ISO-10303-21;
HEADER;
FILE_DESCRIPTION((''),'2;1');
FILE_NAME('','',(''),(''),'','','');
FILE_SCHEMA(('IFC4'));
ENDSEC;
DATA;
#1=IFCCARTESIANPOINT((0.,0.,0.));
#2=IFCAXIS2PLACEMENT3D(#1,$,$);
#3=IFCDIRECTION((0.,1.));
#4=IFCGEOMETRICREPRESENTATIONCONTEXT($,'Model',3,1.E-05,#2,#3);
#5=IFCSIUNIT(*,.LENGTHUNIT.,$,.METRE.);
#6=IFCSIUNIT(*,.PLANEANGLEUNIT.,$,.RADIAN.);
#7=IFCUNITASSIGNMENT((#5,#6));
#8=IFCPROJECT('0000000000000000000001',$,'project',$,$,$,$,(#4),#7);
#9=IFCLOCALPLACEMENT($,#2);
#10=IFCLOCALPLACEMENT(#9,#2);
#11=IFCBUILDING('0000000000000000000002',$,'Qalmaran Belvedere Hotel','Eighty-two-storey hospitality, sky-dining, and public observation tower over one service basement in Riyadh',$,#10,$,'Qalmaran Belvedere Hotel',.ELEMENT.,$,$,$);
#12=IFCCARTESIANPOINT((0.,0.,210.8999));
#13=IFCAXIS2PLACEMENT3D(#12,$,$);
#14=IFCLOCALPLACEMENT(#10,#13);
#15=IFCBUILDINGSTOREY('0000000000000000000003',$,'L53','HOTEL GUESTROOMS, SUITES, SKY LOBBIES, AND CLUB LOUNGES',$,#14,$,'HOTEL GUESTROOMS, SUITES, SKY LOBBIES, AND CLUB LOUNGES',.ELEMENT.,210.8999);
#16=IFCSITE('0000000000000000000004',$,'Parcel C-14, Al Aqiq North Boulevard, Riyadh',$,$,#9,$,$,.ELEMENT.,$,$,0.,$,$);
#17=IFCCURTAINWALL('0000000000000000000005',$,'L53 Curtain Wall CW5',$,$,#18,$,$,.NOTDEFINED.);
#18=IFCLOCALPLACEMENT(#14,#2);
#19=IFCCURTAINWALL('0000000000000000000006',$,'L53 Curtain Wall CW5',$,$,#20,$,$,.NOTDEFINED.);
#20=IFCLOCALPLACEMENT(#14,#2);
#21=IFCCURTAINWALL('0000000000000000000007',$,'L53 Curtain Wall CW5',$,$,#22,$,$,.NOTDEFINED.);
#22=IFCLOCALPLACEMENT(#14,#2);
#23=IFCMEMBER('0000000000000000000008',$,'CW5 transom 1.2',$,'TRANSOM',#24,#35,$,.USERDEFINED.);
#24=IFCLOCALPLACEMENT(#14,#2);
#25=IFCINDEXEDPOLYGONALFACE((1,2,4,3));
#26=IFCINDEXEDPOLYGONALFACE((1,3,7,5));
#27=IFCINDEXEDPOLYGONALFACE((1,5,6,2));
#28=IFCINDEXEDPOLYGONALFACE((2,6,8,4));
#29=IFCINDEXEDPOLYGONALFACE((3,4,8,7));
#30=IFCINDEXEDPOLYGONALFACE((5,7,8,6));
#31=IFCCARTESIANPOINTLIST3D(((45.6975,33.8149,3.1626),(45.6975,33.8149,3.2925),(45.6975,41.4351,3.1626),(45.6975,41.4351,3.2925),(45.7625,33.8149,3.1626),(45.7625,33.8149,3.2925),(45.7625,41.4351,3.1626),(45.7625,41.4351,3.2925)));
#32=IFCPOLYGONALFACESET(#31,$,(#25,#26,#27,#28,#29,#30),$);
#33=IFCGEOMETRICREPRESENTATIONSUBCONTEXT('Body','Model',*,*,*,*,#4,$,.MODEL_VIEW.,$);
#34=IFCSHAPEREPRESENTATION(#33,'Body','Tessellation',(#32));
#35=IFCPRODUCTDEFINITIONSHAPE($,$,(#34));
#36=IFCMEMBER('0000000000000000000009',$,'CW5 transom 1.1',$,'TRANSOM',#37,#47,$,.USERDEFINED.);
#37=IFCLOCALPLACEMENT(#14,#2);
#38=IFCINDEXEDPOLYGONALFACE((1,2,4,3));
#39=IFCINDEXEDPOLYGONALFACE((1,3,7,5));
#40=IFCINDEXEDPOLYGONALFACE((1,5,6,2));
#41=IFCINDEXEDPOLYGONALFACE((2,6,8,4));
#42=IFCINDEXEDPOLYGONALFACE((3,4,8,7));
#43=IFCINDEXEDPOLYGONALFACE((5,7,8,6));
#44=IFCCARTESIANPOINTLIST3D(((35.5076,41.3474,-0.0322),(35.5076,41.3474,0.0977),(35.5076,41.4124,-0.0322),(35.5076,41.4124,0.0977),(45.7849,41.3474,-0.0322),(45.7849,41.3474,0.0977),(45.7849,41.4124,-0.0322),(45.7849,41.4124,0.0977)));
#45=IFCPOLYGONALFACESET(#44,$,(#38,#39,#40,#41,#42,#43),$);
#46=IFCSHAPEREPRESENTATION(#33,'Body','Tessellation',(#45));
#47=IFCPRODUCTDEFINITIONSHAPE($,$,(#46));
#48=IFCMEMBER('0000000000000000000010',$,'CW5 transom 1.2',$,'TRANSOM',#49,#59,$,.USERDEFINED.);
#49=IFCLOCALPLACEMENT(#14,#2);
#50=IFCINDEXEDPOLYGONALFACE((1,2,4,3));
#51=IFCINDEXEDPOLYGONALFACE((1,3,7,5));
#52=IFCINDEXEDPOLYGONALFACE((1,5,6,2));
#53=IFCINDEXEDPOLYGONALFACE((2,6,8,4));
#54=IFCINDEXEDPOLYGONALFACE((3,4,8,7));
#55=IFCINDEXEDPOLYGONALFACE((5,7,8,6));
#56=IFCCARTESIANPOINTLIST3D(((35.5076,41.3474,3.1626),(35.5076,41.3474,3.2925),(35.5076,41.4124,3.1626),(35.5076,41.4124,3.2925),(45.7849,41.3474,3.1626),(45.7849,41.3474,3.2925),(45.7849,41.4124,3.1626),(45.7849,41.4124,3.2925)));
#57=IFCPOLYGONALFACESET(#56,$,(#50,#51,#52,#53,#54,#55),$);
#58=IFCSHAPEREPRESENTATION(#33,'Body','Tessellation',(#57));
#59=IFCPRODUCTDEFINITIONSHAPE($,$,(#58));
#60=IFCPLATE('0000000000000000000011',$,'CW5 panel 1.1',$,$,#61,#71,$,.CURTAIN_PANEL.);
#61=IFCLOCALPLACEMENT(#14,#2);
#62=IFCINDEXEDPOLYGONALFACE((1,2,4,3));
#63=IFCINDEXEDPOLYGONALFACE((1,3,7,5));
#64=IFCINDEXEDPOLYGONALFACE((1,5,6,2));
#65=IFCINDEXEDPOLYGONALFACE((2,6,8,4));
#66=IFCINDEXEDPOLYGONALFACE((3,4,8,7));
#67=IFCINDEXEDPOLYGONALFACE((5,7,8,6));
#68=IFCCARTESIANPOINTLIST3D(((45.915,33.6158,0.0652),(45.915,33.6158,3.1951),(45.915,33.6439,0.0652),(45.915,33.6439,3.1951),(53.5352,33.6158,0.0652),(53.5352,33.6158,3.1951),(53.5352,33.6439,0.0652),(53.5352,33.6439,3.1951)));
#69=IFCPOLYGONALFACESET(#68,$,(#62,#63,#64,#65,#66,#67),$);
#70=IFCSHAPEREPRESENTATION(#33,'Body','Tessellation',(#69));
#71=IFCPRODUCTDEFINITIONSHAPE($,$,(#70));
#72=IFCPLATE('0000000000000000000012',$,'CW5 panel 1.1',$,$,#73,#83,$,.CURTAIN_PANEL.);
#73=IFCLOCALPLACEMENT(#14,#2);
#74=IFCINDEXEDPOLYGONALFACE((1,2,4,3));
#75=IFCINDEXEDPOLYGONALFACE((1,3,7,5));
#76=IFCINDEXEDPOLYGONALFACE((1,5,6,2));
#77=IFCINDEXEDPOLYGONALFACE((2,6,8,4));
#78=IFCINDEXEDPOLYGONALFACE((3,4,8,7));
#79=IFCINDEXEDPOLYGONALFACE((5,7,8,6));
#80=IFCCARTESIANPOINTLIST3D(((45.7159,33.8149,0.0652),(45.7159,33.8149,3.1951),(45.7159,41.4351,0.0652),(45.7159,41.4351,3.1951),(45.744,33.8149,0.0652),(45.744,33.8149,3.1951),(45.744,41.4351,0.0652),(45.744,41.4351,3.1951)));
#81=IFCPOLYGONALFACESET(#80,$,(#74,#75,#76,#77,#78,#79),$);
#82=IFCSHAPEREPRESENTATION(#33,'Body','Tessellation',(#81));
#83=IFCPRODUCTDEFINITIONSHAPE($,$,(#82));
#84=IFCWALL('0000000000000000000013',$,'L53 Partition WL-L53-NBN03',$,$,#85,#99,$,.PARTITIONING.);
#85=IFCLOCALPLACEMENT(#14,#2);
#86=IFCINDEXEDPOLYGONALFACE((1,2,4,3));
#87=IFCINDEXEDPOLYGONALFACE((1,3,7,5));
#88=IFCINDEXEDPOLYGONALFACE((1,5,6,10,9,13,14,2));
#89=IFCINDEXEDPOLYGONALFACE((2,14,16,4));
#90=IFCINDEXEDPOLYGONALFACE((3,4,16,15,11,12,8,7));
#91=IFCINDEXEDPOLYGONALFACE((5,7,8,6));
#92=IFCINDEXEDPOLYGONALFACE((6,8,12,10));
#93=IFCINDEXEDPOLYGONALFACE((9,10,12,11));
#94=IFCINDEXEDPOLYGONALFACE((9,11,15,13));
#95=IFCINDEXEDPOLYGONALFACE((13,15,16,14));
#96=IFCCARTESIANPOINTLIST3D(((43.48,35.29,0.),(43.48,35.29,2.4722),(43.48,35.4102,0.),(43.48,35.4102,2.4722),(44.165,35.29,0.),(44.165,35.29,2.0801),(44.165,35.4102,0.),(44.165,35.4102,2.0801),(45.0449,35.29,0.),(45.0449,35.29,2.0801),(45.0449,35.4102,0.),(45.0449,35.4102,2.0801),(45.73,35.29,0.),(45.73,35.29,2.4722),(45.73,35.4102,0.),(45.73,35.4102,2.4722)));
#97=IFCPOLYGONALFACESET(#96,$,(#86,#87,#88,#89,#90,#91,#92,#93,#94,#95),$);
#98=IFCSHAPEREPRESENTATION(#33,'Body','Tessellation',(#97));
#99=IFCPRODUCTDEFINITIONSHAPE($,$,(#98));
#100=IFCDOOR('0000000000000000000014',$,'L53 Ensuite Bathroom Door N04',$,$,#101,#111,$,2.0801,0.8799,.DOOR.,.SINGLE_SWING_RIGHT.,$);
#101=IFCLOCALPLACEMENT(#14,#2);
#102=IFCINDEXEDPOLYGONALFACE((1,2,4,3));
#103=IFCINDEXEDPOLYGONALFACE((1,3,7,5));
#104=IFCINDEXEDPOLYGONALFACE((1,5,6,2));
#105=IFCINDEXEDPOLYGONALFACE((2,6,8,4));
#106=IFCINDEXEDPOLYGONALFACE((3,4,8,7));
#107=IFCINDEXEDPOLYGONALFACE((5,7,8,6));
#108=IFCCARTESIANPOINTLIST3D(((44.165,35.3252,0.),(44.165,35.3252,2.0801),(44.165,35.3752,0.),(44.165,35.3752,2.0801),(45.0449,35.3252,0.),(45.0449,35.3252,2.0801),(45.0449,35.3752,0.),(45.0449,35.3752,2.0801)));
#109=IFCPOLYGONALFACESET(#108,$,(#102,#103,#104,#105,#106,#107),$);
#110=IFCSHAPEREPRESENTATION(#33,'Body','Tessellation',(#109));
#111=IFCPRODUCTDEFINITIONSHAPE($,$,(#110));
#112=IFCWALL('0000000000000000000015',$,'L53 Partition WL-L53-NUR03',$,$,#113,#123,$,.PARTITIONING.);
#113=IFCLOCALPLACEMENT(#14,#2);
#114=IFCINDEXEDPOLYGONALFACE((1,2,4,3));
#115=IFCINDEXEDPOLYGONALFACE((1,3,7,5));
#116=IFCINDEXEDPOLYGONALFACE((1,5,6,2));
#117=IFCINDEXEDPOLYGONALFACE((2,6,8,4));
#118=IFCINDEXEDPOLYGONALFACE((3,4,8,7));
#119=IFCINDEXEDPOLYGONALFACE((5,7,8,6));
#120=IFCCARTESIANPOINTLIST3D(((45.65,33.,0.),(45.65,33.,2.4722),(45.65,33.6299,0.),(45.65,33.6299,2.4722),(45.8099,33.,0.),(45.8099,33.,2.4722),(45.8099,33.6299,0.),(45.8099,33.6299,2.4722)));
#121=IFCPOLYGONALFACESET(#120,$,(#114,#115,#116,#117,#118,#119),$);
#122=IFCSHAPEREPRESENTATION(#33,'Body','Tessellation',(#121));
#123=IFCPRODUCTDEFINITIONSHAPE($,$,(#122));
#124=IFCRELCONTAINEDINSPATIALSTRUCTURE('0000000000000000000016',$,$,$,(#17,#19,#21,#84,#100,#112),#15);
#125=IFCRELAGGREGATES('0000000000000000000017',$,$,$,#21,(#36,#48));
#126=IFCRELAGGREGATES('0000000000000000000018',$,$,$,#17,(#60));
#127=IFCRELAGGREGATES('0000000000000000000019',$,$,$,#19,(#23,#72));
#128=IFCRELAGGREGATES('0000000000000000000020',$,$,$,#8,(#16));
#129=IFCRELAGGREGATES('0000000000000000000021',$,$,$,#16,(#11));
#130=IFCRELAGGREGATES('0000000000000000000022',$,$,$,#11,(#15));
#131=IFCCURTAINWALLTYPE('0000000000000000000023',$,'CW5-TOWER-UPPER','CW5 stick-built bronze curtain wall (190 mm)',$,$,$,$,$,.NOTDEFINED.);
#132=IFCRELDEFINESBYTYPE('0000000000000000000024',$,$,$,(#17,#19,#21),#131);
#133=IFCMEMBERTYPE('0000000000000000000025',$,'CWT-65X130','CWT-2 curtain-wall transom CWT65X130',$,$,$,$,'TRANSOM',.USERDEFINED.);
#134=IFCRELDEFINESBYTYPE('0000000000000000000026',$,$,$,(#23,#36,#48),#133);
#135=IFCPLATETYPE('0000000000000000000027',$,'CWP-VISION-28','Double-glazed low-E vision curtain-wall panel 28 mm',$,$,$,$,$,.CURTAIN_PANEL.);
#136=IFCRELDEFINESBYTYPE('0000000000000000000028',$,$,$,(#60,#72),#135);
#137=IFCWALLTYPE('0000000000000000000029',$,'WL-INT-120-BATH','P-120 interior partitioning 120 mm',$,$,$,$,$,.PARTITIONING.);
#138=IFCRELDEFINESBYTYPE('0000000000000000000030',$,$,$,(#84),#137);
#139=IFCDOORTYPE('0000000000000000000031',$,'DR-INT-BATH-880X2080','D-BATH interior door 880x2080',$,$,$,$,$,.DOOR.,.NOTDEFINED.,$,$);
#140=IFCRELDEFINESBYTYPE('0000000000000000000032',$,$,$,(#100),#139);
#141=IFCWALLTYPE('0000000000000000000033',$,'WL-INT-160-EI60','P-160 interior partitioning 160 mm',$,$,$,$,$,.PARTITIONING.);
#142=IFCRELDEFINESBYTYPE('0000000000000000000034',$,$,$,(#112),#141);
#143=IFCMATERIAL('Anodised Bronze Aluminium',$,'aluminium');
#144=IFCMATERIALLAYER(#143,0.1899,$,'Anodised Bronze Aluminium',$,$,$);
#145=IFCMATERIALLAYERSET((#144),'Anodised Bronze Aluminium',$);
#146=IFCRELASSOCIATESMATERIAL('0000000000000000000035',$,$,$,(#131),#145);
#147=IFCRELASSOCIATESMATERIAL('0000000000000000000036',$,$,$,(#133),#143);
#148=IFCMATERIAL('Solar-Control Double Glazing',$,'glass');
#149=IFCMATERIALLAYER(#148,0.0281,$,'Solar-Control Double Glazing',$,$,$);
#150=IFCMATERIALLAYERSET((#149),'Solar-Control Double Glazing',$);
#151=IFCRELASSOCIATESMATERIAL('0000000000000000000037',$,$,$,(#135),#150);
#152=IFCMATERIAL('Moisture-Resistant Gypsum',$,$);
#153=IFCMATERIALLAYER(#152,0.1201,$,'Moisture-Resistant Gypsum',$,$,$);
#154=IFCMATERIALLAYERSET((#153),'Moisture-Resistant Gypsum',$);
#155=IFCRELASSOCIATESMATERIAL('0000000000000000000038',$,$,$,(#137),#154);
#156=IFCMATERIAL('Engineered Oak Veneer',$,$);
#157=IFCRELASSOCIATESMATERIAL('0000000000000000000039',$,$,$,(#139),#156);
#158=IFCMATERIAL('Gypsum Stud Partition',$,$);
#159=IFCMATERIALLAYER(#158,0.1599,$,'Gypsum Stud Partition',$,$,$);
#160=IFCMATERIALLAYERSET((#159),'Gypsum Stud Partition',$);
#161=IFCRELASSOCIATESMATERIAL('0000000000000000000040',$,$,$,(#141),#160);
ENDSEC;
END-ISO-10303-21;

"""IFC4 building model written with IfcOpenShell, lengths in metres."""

from ifc_helpers import new_model, si_unit, direction, frame, frame_2d, origin, origin_2d, place, context, subcontext, project, spatial, rectangle, extrude, material, layer, layer_set, material_profile, profile_set, type_object, element, fill, aggregate, save


model = new_model("IFC4")

# Units and contexts
model_context = context("Model", 3, precision=1e-05, world=origin(), true_north=direction((0.0, 1.0)))
body_context = subcontext(model_context, "Body", "Model", "MODEL_VIEW")
ifc_project = project(units=[si_unit("LENGTHUNIT", "METRE"), si_unit("PLANEANGLEUNIT", "RADIAN")], contexts=[model_context])

# Site, building, storey
site_placement = place(None, origin())
site = spatial("IfcSite", under=ifc_project, at=site_placement, Name="Parcel C-14, Al Aqiq North Boulevard, Riyadh", CompositionType="ELEMENT", RefElevation=0.0)
building_placement = place(site_placement, origin())
building = spatial("IfcBuilding", under=site, at=building_placement, Name="Qalmaran Belvedere Hotel", Description="Eighty-two-storey hospitality, sky-dining, and public observation tower over one service basement in Riyadh", LongName="Qalmaran Belvedere Hotel", CompositionType="ELEMENT")
storey_placement = place(building_placement, frame((0.0, 0.0, 210.8999)))
storey = spatial("IfcBuildingStorey", under=building, at=storey_placement, Name="L53", Description="HOTEL GUESTROOMS, SUITES, SKY LOBBIES, AND CLUB LOUNGES", LongName="HOTEL GUESTROOMS, SUITES, SKY LOBBIES, AND CLUB LOUNGES", CompositionType="ELEMENT", Elevation=210.8999)

# Shared definitions
ifc_material_1 = material(Name="Anodised Bronze Aluminium", Category="aluminium")
ifc_layer_1 = layer(ifc_material_1, 0.1899, Name="Anodised Bronze Aluminium")
ifc_layer_set_1 = layer_set([ifc_layer_1], Name="Anodised Bronze Aluminium")
curtain_wall_type = type_object("IfcCurtainWallType", Name="CW5-TOWER-UPPER", Description="CW5 stick-built bronze curtain wall (190 mm)", PredefinedType="NOTDEFINED", material=ifc_layer_set_1)

# Curtain walls
curtain_wall_1_placement = place(storey_placement, origin())
curtain_wall_1 = element("IfcCurtainWall", 1, at=curtain_wall_1_placement, inside=storey, type_object=curtain_wall_type, Name="L53 Curtain Wall CW5", PredefinedType="NOTDEFINED")
curtain_wall_2_placement = place(storey_placement, origin())
curtain_wall_2 = element("IfcCurtainWall", 2, at=curtain_wall_2_placement, inside=storey, type_object=curtain_wall_type, Name="L53 Curtain Wall CW5", PredefinedType="NOTDEFINED")

# Curtain wall
curtain_wall_3_placement = place(storey_placement, origin())
curtain_wall_3 = element("IfcCurtainWall", 3, at=curtain_wall_3_placement, inside=storey, type_object=curtain_wall_type, Name="L53 Curtain Wall CW5", PredefinedType="NOTDEFINED")

# Members
ifc_material_profile_1 = material_profile(ifc_material_1, rectangle(XDim=0.0649, YDim=0.1299, at=origin_2d()), Name="CWT65X130")
ifc_profile_set_1 = profile_set([ifc_material_profile_1], Name="Anodised Bronze Aluminium")
member_type_1 = type_object("IfcMemberType", Name="CWT-65X130", Description="CWT-2 curtain-wall transom CWT65X130", ElementType="TRANSOM", PredefinedType="USERDEFINED", material=ifc_profile_set_1)
member_1_placement = place(storey_placement, frame((45.73, 33.8149, 3.2275), z_axis=(0.0, 1.0, 0.0), x_axis=(-1.0, 0.0, 0.0)))
member_1 = element("IfcMember", 4, at=member_1_placement, type_object=member_type_1, Name="CW5 transom 1.2", ObjectType="TRANSOM", PredefinedType="USERDEFINED", context=body_context, shape_type="SweptSolid", body=[
    extrude(rectangle(XDim=0.0649, YDim=0.1299, at=origin_2d()), origin(), (0.0, 0.0, 1.0), 7.6201),
])
member_2_placement = place(storey_placement, frame((45.7849, 41.3799, 0.0327), z_axis=(-1.0, 0.0, 0.0), x_axis=(0.0, -1.0, 0.0)))
member_2 = element("IfcMember", 5, at=member_2_placement, type_object=member_type_1, Name="CW5 transom 1.1", ObjectType="TRANSOM", PredefinedType="USERDEFINED", context=body_context, shape_type="SweptSolid", body=[
    extrude(rectangle(XDim=0.0649, YDim=0.1299, at=origin_2d()), origin(), (0.0, 0.0, 1.0), 10.2773),
])
member_3_placement = place(storey_placement, frame((45.7849, 41.3799, 3.2275), z_axis=(-1.0, 0.0, 0.0), x_axis=(0.0, -1.0, 0.0)))
member_3 = element("IfcMember", 6, at=member_3_placement, type_object=member_type_1, Name="CW5 transom 1.2", ObjectType="TRANSOM", PredefinedType="USERDEFINED", context=body_context, shape_type="SweptSolid", body=[
    extrude(rectangle(XDim=0.0649, YDim=0.1299, at=origin_2d()), origin(), (0.0, 0.0, 1.0), 10.2773),
])
aggregate(curtain_wall_3, [member_2, member_3])

# Plates
ifc_material_2 = material(Name="Solar-Control Double Glazing", Category="glass")
ifc_layer_2 = layer(ifc_material_2, 0.0281, Name="Solar-Control Double Glazing")
ifc_layer_set_2 = layer_set([ifc_layer_2], Name="Solar-Control Double Glazing")
plate_type = type_object("IfcPlateType", Name="CWP-VISION-28", Description="Double-glazed low-E vision curtain-wall panel 28 mm", PredefinedType="CURTAIN_PANEL", material=ifc_layer_set_2)
plate_1_placement = place(storey_placement, frame((49.7251, 33.6299, 0.0652), z_axis=(0.0, 0.0, 1.0), x_axis=(-1.0, 0.0, 0.0)))
plate_1 = element("IfcPlate", 7, at=plate_1_placement, type_object=plate_type, Name="CW5 panel 1.1", PredefinedType="CURTAIN_PANEL", context=body_context, shape_type="SweptSolid", body=[
    extrude(rectangle(XDim=7.6201, YDim=0.0281, at=origin_2d()), origin(), (0.0, 0.0, 1.0), 3.1299),
])
aggregate(curtain_wall_1, [plate_1])
plate_2_placement = place(storey_placement, frame((45.73, 37.625, 0.0652), z_axis=(0.0, 0.0, 1.0), x_axis=(0.0, 1.0, 0.0)))
plate_2 = element("IfcPlate", 8, at=plate_2_placement, type_object=plate_type, Name="CW5 panel 1.1", PredefinedType="CURTAIN_PANEL", context=body_context, shape_type="SweptSolid", body=[
    extrude(rectangle(XDim=7.6201, YDim=0.0281, at=origin_2d()), origin(), (0.0, 0.0, 1.0), 3.1299),
])
aggregate(curtain_wall_2, [member_1, plate_2])

# Wall, opening, door
ifc_material_3 = material(Name="Moisture-Resistant Gypsum")
ifc_layer_3 = layer(ifc_material_3, 0.1201, Name="Moisture-Resistant Gypsum")
ifc_layer_set_3 = layer_set([ifc_layer_3], Name="Moisture-Resistant Gypsum")
wall_type_1 = type_object("IfcWallType", Name="WL-INT-120-BATH", Description="P-120 interior partitioning 120 mm", PredefinedType="PARTITIONING", material=ifc_layer_set_3)
wall_1_placement = place(storey_placement, frame((43.48, 35.3501, 0.0), z_axis=(0.0, 0.0, 1.0), x_axis=(1.0, 0.0, 0.0)))
wall_1 = element("IfcWall", 9, at=wall_1_placement, inside=storey, type_object=wall_type_1, Name="L53 Partition WL-L53-NBN03", PredefinedType="PARTITIONING", context=body_context, shape_type="SweptSolid", body=[
    extrude(rectangle(XDim=2.25, YDim=0.1201, at=frame_2d((1.125, 0.0))), origin(), (0.0, 0.0, 1.0), 2.4722),
])
opening_placement = place(wall_1_placement, frame((1.5649, 0.0, 0.0), z_axis=(0.0, 0.0, 1.0), x_axis=(-1.0, 0.0, 0.0)))
opening = element("IfcOpeningElement", 10, at=opening_placement, cuts=wall_1, PredefinedType="OPENING", context=body_context, shape_type="SweptSolid", body=[
    extrude(rectangle(XDim=0.8799, YDim=2.0801, at=frame_2d((0.4399, 1.04))), frame((0.0, 0.0701, 0.0), z_axis=(0.0, -1.0, 0.0), x_axis=(1.0, 0.0, 0.0)), (0.0, 0.0, 1.0), 0.1401),
])
ifc_material_4 = material(Name="Engineered Oak Veneer")
door_type = type_object("IfcDoorType", Name="DR-INT-BATH-880X2080", Description="D-BATH interior door 880x2080", OperationType="NOTDEFINED", PredefinedType="DOOR", material=ifc_material_4)
door_placement = place(opening_placement, origin())
door = element("IfcDoor", 11, at=door_placement, inside=storey, type_object=door_type, Name="L53 Ensuite Bathroom Door N04", OperationType="SINGLE_SWING_RIGHT", OverallHeight=2.0801, OverallWidth=0.8799, PredefinedType="DOOR", context=body_context, shape_type="SweptSolid", body=[
    extrude(rectangle(XDim=0.8799, YDim=2.0801, at=frame_2d((0.4399, 1.04))), frame((0.0, 0.0249, 0.0), z_axis=(0.0, -1.0, 0.0), x_axis=(1.0, 0.0, 0.0)), (0.0, 0.0, 1.0), 0.05),
])
fill(opening, door)

# Wall
ifc_material_5 = material(Name="Gypsum Stud Partition")
ifc_layer_4 = layer(ifc_material_5, 0.1599, Name="Gypsum Stud Partition")
ifc_layer_set_4 = layer_set([ifc_layer_4], Name="Gypsum Stud Partition")
wall_type_2 = type_object("IfcWallType", Name="WL-INT-160-EI60", Description="P-160 interior partitioning 160 mm", PredefinedType="PARTITIONING", material=ifc_layer_set_4)
wall_2_placement = place(storey_placement, frame((45.73, 33.0, 0.0), z_axis=(0.0, 0.0, 1.0), x_axis=(0.0, 1.0, 0.0)))
element("IfcWall", 12, at=wall_2_placement, inside=storey, type_object=wall_type_2, Name="L53 Partition WL-L53-NUR03", PredefinedType="PARTITIONING", context=body_context, shape_type="SweptSolid", body=[
    extrude(rectangle(XDim=0.6299, YDim=0.1599, at=frame_2d((0.3149, 0.0))), origin(), (0.0, 0.0, 1.0), 2.4722),
])

save(model, "model.ifc")
